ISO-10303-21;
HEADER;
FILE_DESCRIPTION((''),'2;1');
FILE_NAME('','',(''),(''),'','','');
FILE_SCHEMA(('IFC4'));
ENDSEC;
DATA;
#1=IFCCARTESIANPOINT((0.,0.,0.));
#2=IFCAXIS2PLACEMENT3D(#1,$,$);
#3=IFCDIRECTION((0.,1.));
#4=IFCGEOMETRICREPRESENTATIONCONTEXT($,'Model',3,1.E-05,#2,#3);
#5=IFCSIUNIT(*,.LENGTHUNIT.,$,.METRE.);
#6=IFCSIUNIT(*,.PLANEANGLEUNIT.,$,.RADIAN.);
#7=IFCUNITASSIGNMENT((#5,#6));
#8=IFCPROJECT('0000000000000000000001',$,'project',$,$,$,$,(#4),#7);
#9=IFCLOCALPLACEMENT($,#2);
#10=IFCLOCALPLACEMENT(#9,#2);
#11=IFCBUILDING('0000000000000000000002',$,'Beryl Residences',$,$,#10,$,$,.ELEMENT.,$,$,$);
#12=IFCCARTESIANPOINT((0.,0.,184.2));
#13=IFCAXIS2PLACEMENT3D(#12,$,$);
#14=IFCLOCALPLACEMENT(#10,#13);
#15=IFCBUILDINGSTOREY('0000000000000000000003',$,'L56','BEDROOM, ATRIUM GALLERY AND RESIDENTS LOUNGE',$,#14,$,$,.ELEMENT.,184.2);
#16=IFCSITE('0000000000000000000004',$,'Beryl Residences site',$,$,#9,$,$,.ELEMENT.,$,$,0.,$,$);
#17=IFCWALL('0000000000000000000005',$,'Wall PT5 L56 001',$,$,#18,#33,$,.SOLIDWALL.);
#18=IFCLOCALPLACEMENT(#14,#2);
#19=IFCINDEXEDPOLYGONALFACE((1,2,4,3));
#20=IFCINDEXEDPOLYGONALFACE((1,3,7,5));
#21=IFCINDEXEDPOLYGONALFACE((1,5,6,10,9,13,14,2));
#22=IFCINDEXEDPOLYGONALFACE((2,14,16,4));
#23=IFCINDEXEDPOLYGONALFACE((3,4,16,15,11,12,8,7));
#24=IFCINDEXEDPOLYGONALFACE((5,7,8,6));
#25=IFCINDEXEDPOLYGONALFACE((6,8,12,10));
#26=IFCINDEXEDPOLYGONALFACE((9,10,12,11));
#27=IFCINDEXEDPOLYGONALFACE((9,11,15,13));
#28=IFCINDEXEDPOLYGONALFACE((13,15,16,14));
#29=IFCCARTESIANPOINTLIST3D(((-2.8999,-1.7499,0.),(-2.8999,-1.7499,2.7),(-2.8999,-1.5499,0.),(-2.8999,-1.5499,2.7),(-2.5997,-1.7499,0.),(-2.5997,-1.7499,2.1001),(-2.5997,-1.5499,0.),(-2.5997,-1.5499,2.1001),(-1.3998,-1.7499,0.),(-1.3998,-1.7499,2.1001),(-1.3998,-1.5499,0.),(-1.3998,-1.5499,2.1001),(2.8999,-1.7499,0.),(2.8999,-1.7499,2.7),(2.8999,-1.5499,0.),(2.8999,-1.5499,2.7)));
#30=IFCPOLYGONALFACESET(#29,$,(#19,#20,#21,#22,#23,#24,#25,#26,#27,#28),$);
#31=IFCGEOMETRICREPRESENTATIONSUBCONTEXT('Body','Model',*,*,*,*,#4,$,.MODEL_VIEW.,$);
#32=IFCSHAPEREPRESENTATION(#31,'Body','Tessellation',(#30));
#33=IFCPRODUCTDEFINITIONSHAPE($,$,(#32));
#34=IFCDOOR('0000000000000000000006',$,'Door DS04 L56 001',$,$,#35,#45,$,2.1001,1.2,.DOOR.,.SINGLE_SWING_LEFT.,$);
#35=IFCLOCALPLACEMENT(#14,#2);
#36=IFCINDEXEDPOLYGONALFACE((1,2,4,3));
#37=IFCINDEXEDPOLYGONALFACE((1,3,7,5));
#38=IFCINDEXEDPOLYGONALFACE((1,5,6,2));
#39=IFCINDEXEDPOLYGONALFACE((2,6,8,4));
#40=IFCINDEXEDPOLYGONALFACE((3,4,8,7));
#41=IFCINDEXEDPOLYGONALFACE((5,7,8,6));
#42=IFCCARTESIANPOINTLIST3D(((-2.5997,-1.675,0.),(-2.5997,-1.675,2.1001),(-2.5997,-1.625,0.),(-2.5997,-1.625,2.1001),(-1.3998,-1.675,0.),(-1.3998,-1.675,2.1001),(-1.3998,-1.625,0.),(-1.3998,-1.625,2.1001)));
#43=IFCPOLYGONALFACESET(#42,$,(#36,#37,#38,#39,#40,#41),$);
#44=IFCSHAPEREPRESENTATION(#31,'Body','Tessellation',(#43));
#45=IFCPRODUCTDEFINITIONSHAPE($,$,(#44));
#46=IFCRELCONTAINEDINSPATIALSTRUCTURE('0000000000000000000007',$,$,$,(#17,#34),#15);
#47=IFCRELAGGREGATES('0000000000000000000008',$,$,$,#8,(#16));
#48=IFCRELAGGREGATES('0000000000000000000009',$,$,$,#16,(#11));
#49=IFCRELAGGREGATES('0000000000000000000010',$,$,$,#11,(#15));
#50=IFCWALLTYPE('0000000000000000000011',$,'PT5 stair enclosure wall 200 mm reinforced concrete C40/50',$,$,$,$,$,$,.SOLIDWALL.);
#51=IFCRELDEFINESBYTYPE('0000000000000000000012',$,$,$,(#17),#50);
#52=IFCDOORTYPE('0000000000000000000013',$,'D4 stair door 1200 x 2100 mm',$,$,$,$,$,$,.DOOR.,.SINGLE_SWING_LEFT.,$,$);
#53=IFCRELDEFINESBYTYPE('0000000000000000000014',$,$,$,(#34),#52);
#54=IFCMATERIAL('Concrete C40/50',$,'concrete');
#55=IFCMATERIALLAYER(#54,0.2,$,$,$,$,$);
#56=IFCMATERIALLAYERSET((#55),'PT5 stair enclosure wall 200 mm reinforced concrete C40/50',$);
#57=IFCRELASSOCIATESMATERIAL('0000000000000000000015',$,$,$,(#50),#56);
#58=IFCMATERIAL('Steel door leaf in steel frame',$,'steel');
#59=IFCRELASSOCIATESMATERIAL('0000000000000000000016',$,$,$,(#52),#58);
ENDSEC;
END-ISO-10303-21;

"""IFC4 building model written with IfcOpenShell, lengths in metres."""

from ifc_helpers import new_model, si_unit, direction, frame, frame_2d, origin, place, context, subcontext, project, spatial, rectangle, extrude, material, layer, layer_set, type_object, element, fill, save


model = new_model("IFC4")

# Units and contexts
model_context = context("Model", 3, precision=1e-05, world=origin(), true_north=direction((0.0, 1.0)))
body_context = subcontext(model_context, "Body", "Model", "MODEL_VIEW")
ifc_project = project(units=[si_unit("LENGTHUNIT", "METRE"), si_unit("PLANEANGLEUNIT", "RADIAN")], contexts=[model_context])

# Site, building, storey
site_placement = place(None, origin())
site = spatial("IfcSite", under=ifc_project, at=site_placement, Name="Beryl Residences site", CompositionType="ELEMENT", RefElevation=0.0)
building_placement = place(site_placement, origin())
building = spatial("IfcBuilding", under=site, at=building_placement, Name="Beryl Residences", CompositionType="ELEMENT")
storey_placement = place(building_placement, frame((0.0, 0.0, 184.2)))
storey = spatial("IfcBuildingStorey", under=building, at=storey_placement, Name="L56", Description="BEDROOM, ATRIUM GALLERY AND RESIDENTS LOUNGE", CompositionType="ELEMENT", Elevation=184.2)

# Wall, opening, door
ifc_material_1 = material(Name="Concrete C40/50", Category="concrete")
ifc_layer_1 = layer(ifc_material_1, 0.2)
ifc_layer_set_1 = layer_set([ifc_layer_1], Name="PT5 stair enclosure wall 200 mm reinforced concrete C40/50")
wall_type_1 = type_object("IfcWallType", Name="PT5 stair enclosure wall 200 mm reinforced concrete C40/50", PredefinedType="SOLIDWALL", material=ifc_layer_set_1)
wall_1_placement = place(storey_placement, frame((-2.8999, -1.6499, 0.0), z_axis=(0.0, 0.0, 1.0), x_axis=(1.0, 0.0, 0.0)))
wall_1 = element("IfcWall", 1, at=wall_1_placement, inside=storey, type_object=wall_type_1, Name="Wall PT5 L56 001", PredefinedType="SOLIDWALL", context=body_context, shape_type="SweptSolid", body=[
    extrude(rectangle(XDim=5.7998, YDim=0.2, at=frame_2d((2.8999, 0.0))), origin(), (0.0, 0.0, 1.0), 2.7),
])
opening_1_placement = place(wall_1_placement, frame((0.3, 0.0, 0.0)))
opening_1 = element("IfcOpeningElement", 2, at=opening_1_placement, cuts=wall_1, PredefinedType="OPENING", context=body_context, shape_type="SweptSolid", body=[
    extrude(rectangle(XDim=1.2, YDim=2.1001, at=frame_2d((0.6001, 1.05))), frame((0.0, 0.1099, 0.0), z_axis=(0.0, -1.0, 0.0), x_axis=(1.0, 0.0, 0.0)), (0.0, 0.0, 1.0), 0.22),
])
ifc_material_2 = material(Name="Steel door leaf in steel frame", Category="steel")
door_type_1 = type_object("IfcDoorType", Name="D4 stair door 1200 x 2100 mm", OperationType="SINGLE_SWING_LEFT", PredefinedType="DOOR", material=ifc_material_2)
door_1_placement = place(opening_1_placement, origin())
door_1 = element("IfcDoor", 3, at=door_1_placement, inside=storey, type_object=door_type_1, Name="Door DS04 L56 001", OperationType="SINGLE_SWING_LEFT", OverallHeight=2.1001, OverallWidth=1.2, PredefinedType="DOOR", context=body_context, shape_type="SweptSolid", body=[
    extrude(rectangle(XDim=1.2, YDim=2.1001, at=frame_2d((0.6001, 1.05))), frame((0.0, 0.0249, 0.0), z_axis=(0.0, -1.0, 0.0), x_axis=(1.0, 0.0, 0.0)), (0.0, 0.0, 1.0), 0.05),
])
fill(opening_1, door_1)

save(model, "model.ifc")
